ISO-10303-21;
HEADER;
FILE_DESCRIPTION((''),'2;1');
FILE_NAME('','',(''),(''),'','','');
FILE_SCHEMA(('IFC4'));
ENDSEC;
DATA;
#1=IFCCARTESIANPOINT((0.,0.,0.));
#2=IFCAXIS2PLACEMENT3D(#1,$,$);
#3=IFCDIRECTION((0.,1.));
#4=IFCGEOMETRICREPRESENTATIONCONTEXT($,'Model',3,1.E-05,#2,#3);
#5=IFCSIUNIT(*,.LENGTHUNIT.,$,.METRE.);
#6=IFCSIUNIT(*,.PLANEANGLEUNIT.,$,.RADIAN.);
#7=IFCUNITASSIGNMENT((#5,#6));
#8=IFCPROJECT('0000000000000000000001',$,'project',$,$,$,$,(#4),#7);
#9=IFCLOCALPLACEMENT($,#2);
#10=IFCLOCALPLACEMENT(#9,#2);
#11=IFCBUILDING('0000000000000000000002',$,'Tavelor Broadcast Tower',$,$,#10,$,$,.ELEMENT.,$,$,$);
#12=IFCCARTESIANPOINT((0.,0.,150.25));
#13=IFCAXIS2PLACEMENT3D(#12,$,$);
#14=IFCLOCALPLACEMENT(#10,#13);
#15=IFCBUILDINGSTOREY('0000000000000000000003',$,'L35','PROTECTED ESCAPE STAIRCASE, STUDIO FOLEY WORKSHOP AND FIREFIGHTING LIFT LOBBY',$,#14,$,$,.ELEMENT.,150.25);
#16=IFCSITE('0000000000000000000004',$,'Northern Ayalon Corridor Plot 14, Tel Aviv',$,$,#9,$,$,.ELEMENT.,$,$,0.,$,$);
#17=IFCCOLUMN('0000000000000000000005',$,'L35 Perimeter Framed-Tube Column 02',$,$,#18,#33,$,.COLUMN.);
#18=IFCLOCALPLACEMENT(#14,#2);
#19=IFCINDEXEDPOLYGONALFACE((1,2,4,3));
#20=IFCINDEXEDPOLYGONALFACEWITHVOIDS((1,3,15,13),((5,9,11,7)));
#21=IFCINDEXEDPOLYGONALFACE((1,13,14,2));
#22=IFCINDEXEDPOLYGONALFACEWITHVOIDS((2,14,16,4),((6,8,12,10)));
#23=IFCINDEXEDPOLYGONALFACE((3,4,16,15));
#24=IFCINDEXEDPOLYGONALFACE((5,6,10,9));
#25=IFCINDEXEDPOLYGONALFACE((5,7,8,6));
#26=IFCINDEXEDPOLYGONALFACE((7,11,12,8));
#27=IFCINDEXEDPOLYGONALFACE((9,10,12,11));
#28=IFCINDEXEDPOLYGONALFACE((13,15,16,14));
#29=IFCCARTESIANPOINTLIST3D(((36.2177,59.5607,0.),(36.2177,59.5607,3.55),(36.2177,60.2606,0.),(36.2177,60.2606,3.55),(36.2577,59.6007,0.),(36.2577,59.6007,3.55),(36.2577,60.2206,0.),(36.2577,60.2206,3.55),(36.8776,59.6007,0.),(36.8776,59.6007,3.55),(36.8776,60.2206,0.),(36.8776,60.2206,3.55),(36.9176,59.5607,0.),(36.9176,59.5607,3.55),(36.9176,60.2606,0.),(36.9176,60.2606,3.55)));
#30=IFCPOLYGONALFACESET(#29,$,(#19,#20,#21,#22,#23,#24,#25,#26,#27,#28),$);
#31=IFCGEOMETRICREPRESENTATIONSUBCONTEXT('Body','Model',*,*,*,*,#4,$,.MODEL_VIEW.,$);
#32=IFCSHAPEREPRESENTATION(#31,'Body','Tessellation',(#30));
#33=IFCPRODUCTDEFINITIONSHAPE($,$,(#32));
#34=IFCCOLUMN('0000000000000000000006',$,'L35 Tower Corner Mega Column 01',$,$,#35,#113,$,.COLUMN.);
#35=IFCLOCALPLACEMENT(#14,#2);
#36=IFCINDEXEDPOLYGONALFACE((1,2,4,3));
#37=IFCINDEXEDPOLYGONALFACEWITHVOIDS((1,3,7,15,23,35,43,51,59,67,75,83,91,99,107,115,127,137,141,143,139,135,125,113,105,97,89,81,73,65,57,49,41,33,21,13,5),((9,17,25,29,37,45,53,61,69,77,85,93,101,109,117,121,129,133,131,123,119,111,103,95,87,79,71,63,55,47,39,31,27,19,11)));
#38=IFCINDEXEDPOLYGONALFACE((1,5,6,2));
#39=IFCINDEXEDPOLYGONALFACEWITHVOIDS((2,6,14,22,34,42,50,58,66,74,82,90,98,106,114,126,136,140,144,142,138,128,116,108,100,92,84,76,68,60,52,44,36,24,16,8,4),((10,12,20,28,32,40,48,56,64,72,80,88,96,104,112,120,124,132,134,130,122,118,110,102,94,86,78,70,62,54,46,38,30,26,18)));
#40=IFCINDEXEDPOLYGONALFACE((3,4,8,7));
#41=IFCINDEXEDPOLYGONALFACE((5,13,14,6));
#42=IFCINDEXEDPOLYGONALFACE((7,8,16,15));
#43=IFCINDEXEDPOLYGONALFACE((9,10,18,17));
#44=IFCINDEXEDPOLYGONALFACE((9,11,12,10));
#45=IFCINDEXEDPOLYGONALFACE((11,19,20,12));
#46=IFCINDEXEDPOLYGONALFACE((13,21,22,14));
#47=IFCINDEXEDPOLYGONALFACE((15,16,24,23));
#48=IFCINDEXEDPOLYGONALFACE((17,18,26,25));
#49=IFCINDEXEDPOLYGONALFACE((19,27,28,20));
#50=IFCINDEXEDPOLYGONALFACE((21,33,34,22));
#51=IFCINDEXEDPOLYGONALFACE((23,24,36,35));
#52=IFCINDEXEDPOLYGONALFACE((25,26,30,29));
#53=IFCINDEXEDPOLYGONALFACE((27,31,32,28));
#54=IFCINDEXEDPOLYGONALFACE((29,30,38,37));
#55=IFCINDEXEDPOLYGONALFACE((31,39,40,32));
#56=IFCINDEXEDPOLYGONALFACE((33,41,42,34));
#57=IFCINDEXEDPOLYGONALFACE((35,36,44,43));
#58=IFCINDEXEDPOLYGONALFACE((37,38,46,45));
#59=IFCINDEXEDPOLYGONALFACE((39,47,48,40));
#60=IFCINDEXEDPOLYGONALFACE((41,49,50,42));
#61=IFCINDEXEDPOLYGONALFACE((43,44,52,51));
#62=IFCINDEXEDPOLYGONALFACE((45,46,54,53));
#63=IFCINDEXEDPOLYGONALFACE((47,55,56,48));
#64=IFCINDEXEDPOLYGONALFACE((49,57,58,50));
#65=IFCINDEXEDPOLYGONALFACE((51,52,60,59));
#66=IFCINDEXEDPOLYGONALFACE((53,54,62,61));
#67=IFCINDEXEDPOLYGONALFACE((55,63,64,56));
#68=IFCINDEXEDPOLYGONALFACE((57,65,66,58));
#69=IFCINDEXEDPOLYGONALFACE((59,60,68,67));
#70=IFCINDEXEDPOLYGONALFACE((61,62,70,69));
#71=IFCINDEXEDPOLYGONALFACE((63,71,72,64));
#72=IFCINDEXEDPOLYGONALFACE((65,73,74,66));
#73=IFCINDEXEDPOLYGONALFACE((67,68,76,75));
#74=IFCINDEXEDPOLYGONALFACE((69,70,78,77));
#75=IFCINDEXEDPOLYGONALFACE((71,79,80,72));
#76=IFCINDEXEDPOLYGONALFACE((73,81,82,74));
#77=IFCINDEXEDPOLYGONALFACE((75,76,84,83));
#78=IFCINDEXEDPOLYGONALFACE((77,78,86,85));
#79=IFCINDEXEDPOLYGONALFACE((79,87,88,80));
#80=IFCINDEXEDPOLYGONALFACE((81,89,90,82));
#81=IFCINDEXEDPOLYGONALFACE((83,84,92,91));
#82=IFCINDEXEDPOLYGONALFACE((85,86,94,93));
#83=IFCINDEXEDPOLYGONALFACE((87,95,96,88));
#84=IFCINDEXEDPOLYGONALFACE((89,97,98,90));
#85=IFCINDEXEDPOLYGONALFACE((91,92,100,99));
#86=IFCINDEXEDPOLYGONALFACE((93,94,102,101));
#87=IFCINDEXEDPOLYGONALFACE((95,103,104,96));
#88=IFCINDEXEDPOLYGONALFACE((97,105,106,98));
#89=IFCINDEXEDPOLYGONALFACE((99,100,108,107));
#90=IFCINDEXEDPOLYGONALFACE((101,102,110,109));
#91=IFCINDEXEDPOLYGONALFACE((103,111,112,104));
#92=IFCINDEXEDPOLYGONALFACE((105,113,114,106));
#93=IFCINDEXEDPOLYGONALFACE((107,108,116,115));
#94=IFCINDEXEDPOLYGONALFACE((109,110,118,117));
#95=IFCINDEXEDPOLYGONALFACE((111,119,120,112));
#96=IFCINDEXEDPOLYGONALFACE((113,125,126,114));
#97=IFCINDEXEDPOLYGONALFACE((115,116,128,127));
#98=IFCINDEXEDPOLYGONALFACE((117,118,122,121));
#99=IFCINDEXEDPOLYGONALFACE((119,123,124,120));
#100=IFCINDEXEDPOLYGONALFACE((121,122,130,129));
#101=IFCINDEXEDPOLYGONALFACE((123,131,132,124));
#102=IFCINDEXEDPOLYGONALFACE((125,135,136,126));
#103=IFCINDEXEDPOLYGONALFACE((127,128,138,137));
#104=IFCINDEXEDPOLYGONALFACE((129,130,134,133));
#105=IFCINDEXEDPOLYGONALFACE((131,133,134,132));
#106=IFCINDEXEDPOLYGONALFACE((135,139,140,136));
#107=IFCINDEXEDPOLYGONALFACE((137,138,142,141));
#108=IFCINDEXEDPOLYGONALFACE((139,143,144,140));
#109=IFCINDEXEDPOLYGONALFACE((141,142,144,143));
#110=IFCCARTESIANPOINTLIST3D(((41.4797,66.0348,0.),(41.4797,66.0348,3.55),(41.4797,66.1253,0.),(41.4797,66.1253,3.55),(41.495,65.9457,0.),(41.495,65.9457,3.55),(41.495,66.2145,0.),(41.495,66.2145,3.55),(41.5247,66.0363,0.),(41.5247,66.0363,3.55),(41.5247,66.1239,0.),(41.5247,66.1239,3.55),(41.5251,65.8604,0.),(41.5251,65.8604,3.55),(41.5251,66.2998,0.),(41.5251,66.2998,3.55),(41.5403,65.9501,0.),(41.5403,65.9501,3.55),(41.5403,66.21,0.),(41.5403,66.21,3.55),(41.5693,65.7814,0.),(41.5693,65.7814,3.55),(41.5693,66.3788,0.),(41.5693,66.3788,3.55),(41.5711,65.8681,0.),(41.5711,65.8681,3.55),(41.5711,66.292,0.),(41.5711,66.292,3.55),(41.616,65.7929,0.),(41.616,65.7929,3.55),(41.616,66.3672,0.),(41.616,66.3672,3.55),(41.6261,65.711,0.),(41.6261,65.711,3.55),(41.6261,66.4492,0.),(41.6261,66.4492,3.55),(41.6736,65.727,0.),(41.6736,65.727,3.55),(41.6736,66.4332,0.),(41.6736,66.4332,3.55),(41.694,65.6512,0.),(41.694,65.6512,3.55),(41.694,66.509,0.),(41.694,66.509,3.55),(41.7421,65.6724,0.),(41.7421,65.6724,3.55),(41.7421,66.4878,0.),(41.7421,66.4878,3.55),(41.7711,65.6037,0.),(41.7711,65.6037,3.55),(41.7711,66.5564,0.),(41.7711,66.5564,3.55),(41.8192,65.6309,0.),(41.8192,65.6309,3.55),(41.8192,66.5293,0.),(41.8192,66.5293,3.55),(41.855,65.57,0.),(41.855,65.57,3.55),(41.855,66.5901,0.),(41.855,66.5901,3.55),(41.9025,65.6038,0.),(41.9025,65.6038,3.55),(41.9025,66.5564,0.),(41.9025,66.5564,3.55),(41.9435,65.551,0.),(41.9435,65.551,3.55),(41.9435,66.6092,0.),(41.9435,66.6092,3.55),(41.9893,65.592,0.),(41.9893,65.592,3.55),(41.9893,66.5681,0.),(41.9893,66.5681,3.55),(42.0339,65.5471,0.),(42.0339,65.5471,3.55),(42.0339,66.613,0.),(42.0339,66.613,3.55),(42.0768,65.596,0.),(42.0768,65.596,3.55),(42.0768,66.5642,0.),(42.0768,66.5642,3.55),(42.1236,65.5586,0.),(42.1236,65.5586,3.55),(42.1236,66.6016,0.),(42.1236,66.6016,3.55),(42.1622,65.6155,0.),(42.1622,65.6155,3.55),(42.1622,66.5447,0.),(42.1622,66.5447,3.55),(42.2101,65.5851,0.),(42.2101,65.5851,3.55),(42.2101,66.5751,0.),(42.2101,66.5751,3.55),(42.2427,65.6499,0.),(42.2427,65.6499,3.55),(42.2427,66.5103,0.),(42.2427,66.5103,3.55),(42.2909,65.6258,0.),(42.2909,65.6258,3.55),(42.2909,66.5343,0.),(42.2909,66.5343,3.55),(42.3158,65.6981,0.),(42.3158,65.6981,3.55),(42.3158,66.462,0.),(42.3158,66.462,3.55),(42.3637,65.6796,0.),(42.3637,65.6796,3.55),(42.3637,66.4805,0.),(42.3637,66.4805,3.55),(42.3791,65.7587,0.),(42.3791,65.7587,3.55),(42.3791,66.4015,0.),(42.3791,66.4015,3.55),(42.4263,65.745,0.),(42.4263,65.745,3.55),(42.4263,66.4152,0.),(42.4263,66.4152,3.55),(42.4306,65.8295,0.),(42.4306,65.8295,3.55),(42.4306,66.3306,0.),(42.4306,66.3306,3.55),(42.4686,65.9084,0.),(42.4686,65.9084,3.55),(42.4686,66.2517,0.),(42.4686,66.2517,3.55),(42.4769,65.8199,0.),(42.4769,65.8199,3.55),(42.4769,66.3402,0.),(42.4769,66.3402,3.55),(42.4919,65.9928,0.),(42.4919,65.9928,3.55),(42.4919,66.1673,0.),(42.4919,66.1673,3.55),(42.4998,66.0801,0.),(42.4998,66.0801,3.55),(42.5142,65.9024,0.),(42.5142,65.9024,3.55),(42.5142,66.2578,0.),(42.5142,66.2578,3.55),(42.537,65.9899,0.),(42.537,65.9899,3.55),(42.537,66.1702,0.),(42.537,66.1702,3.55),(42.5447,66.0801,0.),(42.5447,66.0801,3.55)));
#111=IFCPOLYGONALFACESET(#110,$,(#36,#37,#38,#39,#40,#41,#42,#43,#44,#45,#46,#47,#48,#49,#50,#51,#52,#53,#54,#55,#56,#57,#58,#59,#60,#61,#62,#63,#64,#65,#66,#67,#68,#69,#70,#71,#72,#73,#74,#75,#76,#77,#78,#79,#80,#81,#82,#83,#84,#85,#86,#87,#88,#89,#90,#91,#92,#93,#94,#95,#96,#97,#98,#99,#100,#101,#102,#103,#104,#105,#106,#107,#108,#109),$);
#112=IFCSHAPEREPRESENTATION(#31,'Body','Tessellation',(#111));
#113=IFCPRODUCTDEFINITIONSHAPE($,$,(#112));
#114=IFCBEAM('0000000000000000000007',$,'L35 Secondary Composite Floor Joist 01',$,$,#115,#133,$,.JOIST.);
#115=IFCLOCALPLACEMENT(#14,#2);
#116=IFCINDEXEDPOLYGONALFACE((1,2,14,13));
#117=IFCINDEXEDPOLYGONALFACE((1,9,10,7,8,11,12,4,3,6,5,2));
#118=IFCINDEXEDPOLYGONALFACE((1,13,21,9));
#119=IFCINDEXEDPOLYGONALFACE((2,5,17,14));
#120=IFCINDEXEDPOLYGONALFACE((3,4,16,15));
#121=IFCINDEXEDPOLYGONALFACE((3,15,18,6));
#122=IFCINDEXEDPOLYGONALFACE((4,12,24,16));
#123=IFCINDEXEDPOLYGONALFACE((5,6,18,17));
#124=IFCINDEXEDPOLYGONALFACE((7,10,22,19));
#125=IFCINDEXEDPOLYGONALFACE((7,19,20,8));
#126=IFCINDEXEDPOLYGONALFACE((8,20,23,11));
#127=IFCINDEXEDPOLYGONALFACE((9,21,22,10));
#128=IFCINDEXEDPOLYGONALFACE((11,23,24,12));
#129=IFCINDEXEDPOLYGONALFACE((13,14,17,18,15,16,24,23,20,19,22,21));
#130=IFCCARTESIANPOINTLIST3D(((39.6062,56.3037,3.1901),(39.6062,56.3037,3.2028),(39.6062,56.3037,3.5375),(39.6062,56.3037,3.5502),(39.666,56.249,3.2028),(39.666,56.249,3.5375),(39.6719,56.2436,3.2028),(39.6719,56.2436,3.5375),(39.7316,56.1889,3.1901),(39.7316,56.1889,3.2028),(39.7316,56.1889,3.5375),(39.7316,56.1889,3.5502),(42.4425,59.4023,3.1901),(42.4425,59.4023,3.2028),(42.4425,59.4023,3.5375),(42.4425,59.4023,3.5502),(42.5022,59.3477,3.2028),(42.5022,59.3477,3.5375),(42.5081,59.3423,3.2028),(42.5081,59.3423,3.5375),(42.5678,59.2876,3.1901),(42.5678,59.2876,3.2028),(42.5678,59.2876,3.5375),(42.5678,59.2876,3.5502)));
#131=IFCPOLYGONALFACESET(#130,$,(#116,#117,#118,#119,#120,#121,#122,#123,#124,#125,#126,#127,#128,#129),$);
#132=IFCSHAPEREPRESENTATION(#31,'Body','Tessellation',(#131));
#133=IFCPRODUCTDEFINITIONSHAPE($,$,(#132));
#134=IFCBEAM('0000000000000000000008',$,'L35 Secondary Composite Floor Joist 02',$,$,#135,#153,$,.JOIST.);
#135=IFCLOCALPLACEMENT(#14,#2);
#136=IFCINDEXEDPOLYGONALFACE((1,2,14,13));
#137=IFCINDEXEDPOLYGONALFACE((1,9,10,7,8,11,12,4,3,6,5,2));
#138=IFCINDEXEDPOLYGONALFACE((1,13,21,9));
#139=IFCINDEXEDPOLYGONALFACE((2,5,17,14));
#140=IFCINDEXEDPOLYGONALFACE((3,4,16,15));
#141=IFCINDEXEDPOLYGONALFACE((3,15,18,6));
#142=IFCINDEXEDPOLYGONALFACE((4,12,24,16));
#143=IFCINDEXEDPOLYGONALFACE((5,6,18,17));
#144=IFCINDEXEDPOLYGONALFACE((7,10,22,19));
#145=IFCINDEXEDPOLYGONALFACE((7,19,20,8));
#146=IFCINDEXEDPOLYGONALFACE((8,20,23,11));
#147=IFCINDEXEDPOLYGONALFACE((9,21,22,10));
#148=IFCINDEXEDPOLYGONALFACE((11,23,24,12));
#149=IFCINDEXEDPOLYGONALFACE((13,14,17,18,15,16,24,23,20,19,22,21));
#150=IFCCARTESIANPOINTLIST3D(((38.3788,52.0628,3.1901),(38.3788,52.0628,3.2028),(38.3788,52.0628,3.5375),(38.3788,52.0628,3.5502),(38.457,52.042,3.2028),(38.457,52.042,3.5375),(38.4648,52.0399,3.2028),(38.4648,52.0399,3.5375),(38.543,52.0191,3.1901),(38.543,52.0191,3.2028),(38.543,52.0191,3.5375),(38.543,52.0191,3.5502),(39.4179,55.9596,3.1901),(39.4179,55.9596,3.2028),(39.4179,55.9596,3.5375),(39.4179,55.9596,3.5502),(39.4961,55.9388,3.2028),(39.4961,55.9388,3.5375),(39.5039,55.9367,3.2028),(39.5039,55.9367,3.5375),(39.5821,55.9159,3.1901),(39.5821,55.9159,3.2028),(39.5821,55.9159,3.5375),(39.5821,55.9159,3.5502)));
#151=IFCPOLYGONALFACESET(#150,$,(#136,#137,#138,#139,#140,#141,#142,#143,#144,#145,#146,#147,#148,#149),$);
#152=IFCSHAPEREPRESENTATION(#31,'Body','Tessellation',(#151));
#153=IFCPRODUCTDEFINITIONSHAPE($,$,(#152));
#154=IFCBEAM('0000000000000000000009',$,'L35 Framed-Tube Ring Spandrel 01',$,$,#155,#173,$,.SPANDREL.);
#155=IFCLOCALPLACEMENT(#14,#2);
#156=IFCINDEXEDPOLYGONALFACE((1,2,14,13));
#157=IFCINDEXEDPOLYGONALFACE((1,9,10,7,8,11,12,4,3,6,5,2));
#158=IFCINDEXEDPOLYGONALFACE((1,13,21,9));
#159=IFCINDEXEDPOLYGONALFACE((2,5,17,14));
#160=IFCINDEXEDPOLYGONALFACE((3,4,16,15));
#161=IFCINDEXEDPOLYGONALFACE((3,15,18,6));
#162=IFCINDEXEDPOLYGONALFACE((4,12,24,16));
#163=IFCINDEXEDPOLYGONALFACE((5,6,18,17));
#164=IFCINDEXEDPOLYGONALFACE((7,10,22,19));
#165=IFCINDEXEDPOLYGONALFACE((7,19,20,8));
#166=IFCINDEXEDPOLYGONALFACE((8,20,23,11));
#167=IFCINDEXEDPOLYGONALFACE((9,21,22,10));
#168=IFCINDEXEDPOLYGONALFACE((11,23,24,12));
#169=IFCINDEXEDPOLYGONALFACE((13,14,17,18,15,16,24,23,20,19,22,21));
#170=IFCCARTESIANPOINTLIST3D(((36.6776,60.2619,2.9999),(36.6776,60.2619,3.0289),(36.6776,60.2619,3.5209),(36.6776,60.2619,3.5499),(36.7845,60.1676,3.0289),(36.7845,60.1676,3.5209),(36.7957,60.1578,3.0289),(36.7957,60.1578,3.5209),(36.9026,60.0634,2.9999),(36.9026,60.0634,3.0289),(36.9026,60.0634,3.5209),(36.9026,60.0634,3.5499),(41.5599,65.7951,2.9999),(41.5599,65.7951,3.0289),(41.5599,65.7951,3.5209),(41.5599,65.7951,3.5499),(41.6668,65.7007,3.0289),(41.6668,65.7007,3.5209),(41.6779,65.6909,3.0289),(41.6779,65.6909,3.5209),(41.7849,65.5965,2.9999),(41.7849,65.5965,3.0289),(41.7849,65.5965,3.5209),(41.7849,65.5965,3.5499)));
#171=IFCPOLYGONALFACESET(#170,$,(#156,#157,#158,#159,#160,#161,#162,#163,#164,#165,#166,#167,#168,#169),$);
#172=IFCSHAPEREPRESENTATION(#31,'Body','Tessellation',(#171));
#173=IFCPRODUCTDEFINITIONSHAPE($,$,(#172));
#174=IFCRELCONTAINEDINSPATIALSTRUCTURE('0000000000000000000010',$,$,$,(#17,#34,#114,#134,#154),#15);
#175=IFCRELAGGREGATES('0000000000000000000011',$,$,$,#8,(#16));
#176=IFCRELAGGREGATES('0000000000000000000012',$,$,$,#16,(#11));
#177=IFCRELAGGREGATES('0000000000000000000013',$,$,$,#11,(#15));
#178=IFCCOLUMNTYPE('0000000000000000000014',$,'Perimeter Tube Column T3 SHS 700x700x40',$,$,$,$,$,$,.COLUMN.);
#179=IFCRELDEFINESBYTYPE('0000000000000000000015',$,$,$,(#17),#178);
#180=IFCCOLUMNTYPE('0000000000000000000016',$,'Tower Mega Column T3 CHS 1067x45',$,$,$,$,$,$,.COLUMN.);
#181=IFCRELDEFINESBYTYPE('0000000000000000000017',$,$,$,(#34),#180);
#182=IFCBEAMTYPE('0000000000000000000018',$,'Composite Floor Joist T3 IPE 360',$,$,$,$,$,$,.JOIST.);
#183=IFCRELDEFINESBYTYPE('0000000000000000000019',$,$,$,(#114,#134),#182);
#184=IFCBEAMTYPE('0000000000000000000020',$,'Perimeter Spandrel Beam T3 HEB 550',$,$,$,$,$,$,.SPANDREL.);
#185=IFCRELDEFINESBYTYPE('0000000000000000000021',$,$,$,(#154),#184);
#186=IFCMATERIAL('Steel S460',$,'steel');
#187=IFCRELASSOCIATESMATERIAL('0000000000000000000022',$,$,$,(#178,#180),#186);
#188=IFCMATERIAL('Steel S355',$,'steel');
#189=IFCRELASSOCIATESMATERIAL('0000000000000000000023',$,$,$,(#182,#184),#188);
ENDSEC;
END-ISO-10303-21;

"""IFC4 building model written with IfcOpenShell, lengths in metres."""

from ifc_helpers import new_model, si_unit, direction, frame, origin, origin_2d, place, context, subcontext, project, spatial, hollow_rectangle, hollow_circle, i_section, extrude, material, material_profile, profile_set, type_object, element, save


model = new_model("IFC4")

# Units and contexts
model_context = context("Model", 3, precision=1e-05, world=origin(), true_north=direction((0.0, 1.0)))
body_context = subcontext(model_context, "Body", "Model", "MODEL_VIEW")
ifc_project = project(units=[si_unit("LENGTHUNIT", "METRE"), si_unit("PLANEANGLEUNIT", "RADIAN")], contexts=[model_context])

# Site, building, storey
site_placement = place(None, origin())
site = spatial("IfcSite", under=ifc_project, at=site_placement, Name="Northern Ayalon Corridor Plot 14, Tel Aviv", CompositionType="ELEMENT", RefElevation=0.0)
building_placement = place(site_placement, origin())
building = spatial("IfcBuilding", under=site, at=building_placement, Name="Tavelor Broadcast Tower", CompositionType="ELEMENT")
storey_placement = place(building_placement, frame((0.0, 0.0, 150.25)))
storey = spatial("IfcBuildingStorey", under=building, at=storey_placement, Name="L35", Description="PROTECTED ESCAPE STAIRCASE, STUDIO FOLEY WORKSHOP AND FIREFIGHTING LIFT LOBBY", CompositionType="ELEMENT", Elevation=150.25)

# Columns
ifc_material_1 = material(Name="Steel S460", Category="steel")
ifc_material_profile_1 = material_profile(ifc_material_1, hollow_rectangle(XDim=0.7, YDim=0.7, WallThickness=0.04, at=origin_2d()), Name="SHS 700x700x40")
ifc_profile_set_1 = profile_set([ifc_material_profile_1], Name="Steel S460")
column_type_1 = type_object("IfcColumnType", Name="Perimeter Tube Column T3 SHS 700x700x40", PredefinedType="COLUMN", material=ifc_profile_set_1)
column_1_placement = place(storey_placement, frame((36.5676, 59.9106, 0.0), z_axis=(0.0, 0.0, 1.0), x_axis=(1.0, 0.0, 0.0)))
element("IfcColumn", 1, at=column_1_placement, inside=storey, type_object=column_type_1, Name="L35 Perimeter Framed-Tube Column 02", PredefinedType="COLUMN", context=body_context, shape_type="SweptSolid", body=[
    extrude(hollow_rectangle(XDim=0.7, YDim=0.7, WallThickness=0.04, at=origin_2d()), origin(), (0.0, 0.0, 1.0), 3.55),
])
ifc_material_profile_2 = material_profile(ifc_material_1, hollow_circle(Radius=0.5334, WallThickness=0.0449, at=origin_2d()), Name="CHS 1067x45")
ifc_profile_set_2 = profile_set([ifc_material_profile_2], Name="Steel S460")
column_type_2 = type_object("IfcColumnType", Name="Tower Mega Column T3 CHS 1067x45", PredefinedType="COLUMN", material=ifc_profile_set_2)
column_2_placement = place(storey_placement, frame((42.0112, 66.0801, 0.0), z_axis=(0.0, 0.0, 1.0), x_axis=(1.0, 0.0, 0.0)))
element("IfcColumn", 2, at=column_2_placement, inside=storey, type_object=column_type_2, Name="L35 Tower Corner Mega Column 01", PredefinedType="COLUMN", context=body_context, shape_type="SweptSolid", body=[
    extrude(hollow_circle(Radius=0.5334, WallThickness=0.0449, at=origin_2d()), origin(), (0.0, 0.0, 1.0), 3.55),
])

# Beams
ifc_material_2 = material(Name="Steel S355", Category="steel")
ifc_material_profile_3 = material_profile(ifc_material_2, i_section(OverallWidth=0.1699, OverallDepth=0.3601, WebThickness=0.0081, FlangeThickness=0.0127, at=origin_2d()), Name="IPE 360")
ifc_profile_set_3 = profile_set([ifc_material_profile_3], Name="Steel S355")
beam_type_1 = type_object("IfcBeamType", Name="Composite Floor Joist T3 IPE 360", PredefinedType="JOIST", material=ifc_profile_set_3)
beam_1_placement = place(storey_placement, frame((42.5051, 59.345, 3.3701), z_axis=(-0.675177, -0.737656, 0.0), x_axis=(0.737656, -0.675177, 0.0)))
element("IfcBeam", 3, at=beam_1_placement, inside=storey, type_object=beam_type_1, Name="L35 Secondary Composite Floor Joist 01", PredefinedType="JOIST", context=body_context, shape_type="SweptSolid", body=[
    extrude(i_section(OverallWidth=0.1699, OverallDepth=0.3601, WebThickness=0.0081, FlangeThickness=0.0127, at=origin_2d()), origin(), (0.0, 0.0, 1.0), 4.2007),
])
beam_2_placement = place(storey_placement, frame((39.5, 55.9377, 3.3701), z_axis=(-0.257648, -0.966239, 0.0), x_axis=(0.966239, -0.257648, 0.0)))
element("IfcBeam", 4, at=beam_2_placement, inside=storey, type_object=beam_type_1, Name="L35 Secondary Composite Floor Joist 02", PredefinedType="JOIST", context=body_context, shape_type="SweptSolid", body=[
    extrude(i_section(OverallWidth=0.1699, OverallDepth=0.3601, WebThickness=0.0081, FlangeThickness=0.0127, at=origin_2d()), origin(), (0.0, 0.0, 1.0), 4.033),
])
ifc_material_profile_4 = material_profile(ifc_material_2, i_section(OverallWidth=0.3, OverallDepth=0.55, WebThickness=0.0149, FlangeThickness=0.0291, at=origin_2d()), Name="HEB 550")
ifc_profile_set_4 = profile_set([ifc_material_profile_4], Name="Steel S355")
beam_type_2 = type_object("IfcBeamType", Name="Perimeter Spandrel Beam T3 HEB 550", PredefinedType="SPANDREL", material=ifc_profile_set_4)
beam_3_placement = place(storey_placement, frame((41.6724, 65.6958, 3.2749), z_axis=(-0.661628, -0.749832, 0.0), x_axis=(0.749832, -0.661628, 0.0)))
element("IfcBeam", 5, at=beam_3_placement, inside=storey, type_object=beam_type_2, Name="L35 Framed-Tube Ring Spandrel 01", PredefinedType="SPANDREL", context=body_context, shape_type="SweptSolid", body=[
    extrude(i_section(OverallWidth=0.3, OverallDepth=0.55, WebThickness=0.0149, FlangeThickness=0.0291, at=origin_2d()), origin(), (0.0, 0.0, 1.0), 7.3792),
])

save(model, "model.ifc")
